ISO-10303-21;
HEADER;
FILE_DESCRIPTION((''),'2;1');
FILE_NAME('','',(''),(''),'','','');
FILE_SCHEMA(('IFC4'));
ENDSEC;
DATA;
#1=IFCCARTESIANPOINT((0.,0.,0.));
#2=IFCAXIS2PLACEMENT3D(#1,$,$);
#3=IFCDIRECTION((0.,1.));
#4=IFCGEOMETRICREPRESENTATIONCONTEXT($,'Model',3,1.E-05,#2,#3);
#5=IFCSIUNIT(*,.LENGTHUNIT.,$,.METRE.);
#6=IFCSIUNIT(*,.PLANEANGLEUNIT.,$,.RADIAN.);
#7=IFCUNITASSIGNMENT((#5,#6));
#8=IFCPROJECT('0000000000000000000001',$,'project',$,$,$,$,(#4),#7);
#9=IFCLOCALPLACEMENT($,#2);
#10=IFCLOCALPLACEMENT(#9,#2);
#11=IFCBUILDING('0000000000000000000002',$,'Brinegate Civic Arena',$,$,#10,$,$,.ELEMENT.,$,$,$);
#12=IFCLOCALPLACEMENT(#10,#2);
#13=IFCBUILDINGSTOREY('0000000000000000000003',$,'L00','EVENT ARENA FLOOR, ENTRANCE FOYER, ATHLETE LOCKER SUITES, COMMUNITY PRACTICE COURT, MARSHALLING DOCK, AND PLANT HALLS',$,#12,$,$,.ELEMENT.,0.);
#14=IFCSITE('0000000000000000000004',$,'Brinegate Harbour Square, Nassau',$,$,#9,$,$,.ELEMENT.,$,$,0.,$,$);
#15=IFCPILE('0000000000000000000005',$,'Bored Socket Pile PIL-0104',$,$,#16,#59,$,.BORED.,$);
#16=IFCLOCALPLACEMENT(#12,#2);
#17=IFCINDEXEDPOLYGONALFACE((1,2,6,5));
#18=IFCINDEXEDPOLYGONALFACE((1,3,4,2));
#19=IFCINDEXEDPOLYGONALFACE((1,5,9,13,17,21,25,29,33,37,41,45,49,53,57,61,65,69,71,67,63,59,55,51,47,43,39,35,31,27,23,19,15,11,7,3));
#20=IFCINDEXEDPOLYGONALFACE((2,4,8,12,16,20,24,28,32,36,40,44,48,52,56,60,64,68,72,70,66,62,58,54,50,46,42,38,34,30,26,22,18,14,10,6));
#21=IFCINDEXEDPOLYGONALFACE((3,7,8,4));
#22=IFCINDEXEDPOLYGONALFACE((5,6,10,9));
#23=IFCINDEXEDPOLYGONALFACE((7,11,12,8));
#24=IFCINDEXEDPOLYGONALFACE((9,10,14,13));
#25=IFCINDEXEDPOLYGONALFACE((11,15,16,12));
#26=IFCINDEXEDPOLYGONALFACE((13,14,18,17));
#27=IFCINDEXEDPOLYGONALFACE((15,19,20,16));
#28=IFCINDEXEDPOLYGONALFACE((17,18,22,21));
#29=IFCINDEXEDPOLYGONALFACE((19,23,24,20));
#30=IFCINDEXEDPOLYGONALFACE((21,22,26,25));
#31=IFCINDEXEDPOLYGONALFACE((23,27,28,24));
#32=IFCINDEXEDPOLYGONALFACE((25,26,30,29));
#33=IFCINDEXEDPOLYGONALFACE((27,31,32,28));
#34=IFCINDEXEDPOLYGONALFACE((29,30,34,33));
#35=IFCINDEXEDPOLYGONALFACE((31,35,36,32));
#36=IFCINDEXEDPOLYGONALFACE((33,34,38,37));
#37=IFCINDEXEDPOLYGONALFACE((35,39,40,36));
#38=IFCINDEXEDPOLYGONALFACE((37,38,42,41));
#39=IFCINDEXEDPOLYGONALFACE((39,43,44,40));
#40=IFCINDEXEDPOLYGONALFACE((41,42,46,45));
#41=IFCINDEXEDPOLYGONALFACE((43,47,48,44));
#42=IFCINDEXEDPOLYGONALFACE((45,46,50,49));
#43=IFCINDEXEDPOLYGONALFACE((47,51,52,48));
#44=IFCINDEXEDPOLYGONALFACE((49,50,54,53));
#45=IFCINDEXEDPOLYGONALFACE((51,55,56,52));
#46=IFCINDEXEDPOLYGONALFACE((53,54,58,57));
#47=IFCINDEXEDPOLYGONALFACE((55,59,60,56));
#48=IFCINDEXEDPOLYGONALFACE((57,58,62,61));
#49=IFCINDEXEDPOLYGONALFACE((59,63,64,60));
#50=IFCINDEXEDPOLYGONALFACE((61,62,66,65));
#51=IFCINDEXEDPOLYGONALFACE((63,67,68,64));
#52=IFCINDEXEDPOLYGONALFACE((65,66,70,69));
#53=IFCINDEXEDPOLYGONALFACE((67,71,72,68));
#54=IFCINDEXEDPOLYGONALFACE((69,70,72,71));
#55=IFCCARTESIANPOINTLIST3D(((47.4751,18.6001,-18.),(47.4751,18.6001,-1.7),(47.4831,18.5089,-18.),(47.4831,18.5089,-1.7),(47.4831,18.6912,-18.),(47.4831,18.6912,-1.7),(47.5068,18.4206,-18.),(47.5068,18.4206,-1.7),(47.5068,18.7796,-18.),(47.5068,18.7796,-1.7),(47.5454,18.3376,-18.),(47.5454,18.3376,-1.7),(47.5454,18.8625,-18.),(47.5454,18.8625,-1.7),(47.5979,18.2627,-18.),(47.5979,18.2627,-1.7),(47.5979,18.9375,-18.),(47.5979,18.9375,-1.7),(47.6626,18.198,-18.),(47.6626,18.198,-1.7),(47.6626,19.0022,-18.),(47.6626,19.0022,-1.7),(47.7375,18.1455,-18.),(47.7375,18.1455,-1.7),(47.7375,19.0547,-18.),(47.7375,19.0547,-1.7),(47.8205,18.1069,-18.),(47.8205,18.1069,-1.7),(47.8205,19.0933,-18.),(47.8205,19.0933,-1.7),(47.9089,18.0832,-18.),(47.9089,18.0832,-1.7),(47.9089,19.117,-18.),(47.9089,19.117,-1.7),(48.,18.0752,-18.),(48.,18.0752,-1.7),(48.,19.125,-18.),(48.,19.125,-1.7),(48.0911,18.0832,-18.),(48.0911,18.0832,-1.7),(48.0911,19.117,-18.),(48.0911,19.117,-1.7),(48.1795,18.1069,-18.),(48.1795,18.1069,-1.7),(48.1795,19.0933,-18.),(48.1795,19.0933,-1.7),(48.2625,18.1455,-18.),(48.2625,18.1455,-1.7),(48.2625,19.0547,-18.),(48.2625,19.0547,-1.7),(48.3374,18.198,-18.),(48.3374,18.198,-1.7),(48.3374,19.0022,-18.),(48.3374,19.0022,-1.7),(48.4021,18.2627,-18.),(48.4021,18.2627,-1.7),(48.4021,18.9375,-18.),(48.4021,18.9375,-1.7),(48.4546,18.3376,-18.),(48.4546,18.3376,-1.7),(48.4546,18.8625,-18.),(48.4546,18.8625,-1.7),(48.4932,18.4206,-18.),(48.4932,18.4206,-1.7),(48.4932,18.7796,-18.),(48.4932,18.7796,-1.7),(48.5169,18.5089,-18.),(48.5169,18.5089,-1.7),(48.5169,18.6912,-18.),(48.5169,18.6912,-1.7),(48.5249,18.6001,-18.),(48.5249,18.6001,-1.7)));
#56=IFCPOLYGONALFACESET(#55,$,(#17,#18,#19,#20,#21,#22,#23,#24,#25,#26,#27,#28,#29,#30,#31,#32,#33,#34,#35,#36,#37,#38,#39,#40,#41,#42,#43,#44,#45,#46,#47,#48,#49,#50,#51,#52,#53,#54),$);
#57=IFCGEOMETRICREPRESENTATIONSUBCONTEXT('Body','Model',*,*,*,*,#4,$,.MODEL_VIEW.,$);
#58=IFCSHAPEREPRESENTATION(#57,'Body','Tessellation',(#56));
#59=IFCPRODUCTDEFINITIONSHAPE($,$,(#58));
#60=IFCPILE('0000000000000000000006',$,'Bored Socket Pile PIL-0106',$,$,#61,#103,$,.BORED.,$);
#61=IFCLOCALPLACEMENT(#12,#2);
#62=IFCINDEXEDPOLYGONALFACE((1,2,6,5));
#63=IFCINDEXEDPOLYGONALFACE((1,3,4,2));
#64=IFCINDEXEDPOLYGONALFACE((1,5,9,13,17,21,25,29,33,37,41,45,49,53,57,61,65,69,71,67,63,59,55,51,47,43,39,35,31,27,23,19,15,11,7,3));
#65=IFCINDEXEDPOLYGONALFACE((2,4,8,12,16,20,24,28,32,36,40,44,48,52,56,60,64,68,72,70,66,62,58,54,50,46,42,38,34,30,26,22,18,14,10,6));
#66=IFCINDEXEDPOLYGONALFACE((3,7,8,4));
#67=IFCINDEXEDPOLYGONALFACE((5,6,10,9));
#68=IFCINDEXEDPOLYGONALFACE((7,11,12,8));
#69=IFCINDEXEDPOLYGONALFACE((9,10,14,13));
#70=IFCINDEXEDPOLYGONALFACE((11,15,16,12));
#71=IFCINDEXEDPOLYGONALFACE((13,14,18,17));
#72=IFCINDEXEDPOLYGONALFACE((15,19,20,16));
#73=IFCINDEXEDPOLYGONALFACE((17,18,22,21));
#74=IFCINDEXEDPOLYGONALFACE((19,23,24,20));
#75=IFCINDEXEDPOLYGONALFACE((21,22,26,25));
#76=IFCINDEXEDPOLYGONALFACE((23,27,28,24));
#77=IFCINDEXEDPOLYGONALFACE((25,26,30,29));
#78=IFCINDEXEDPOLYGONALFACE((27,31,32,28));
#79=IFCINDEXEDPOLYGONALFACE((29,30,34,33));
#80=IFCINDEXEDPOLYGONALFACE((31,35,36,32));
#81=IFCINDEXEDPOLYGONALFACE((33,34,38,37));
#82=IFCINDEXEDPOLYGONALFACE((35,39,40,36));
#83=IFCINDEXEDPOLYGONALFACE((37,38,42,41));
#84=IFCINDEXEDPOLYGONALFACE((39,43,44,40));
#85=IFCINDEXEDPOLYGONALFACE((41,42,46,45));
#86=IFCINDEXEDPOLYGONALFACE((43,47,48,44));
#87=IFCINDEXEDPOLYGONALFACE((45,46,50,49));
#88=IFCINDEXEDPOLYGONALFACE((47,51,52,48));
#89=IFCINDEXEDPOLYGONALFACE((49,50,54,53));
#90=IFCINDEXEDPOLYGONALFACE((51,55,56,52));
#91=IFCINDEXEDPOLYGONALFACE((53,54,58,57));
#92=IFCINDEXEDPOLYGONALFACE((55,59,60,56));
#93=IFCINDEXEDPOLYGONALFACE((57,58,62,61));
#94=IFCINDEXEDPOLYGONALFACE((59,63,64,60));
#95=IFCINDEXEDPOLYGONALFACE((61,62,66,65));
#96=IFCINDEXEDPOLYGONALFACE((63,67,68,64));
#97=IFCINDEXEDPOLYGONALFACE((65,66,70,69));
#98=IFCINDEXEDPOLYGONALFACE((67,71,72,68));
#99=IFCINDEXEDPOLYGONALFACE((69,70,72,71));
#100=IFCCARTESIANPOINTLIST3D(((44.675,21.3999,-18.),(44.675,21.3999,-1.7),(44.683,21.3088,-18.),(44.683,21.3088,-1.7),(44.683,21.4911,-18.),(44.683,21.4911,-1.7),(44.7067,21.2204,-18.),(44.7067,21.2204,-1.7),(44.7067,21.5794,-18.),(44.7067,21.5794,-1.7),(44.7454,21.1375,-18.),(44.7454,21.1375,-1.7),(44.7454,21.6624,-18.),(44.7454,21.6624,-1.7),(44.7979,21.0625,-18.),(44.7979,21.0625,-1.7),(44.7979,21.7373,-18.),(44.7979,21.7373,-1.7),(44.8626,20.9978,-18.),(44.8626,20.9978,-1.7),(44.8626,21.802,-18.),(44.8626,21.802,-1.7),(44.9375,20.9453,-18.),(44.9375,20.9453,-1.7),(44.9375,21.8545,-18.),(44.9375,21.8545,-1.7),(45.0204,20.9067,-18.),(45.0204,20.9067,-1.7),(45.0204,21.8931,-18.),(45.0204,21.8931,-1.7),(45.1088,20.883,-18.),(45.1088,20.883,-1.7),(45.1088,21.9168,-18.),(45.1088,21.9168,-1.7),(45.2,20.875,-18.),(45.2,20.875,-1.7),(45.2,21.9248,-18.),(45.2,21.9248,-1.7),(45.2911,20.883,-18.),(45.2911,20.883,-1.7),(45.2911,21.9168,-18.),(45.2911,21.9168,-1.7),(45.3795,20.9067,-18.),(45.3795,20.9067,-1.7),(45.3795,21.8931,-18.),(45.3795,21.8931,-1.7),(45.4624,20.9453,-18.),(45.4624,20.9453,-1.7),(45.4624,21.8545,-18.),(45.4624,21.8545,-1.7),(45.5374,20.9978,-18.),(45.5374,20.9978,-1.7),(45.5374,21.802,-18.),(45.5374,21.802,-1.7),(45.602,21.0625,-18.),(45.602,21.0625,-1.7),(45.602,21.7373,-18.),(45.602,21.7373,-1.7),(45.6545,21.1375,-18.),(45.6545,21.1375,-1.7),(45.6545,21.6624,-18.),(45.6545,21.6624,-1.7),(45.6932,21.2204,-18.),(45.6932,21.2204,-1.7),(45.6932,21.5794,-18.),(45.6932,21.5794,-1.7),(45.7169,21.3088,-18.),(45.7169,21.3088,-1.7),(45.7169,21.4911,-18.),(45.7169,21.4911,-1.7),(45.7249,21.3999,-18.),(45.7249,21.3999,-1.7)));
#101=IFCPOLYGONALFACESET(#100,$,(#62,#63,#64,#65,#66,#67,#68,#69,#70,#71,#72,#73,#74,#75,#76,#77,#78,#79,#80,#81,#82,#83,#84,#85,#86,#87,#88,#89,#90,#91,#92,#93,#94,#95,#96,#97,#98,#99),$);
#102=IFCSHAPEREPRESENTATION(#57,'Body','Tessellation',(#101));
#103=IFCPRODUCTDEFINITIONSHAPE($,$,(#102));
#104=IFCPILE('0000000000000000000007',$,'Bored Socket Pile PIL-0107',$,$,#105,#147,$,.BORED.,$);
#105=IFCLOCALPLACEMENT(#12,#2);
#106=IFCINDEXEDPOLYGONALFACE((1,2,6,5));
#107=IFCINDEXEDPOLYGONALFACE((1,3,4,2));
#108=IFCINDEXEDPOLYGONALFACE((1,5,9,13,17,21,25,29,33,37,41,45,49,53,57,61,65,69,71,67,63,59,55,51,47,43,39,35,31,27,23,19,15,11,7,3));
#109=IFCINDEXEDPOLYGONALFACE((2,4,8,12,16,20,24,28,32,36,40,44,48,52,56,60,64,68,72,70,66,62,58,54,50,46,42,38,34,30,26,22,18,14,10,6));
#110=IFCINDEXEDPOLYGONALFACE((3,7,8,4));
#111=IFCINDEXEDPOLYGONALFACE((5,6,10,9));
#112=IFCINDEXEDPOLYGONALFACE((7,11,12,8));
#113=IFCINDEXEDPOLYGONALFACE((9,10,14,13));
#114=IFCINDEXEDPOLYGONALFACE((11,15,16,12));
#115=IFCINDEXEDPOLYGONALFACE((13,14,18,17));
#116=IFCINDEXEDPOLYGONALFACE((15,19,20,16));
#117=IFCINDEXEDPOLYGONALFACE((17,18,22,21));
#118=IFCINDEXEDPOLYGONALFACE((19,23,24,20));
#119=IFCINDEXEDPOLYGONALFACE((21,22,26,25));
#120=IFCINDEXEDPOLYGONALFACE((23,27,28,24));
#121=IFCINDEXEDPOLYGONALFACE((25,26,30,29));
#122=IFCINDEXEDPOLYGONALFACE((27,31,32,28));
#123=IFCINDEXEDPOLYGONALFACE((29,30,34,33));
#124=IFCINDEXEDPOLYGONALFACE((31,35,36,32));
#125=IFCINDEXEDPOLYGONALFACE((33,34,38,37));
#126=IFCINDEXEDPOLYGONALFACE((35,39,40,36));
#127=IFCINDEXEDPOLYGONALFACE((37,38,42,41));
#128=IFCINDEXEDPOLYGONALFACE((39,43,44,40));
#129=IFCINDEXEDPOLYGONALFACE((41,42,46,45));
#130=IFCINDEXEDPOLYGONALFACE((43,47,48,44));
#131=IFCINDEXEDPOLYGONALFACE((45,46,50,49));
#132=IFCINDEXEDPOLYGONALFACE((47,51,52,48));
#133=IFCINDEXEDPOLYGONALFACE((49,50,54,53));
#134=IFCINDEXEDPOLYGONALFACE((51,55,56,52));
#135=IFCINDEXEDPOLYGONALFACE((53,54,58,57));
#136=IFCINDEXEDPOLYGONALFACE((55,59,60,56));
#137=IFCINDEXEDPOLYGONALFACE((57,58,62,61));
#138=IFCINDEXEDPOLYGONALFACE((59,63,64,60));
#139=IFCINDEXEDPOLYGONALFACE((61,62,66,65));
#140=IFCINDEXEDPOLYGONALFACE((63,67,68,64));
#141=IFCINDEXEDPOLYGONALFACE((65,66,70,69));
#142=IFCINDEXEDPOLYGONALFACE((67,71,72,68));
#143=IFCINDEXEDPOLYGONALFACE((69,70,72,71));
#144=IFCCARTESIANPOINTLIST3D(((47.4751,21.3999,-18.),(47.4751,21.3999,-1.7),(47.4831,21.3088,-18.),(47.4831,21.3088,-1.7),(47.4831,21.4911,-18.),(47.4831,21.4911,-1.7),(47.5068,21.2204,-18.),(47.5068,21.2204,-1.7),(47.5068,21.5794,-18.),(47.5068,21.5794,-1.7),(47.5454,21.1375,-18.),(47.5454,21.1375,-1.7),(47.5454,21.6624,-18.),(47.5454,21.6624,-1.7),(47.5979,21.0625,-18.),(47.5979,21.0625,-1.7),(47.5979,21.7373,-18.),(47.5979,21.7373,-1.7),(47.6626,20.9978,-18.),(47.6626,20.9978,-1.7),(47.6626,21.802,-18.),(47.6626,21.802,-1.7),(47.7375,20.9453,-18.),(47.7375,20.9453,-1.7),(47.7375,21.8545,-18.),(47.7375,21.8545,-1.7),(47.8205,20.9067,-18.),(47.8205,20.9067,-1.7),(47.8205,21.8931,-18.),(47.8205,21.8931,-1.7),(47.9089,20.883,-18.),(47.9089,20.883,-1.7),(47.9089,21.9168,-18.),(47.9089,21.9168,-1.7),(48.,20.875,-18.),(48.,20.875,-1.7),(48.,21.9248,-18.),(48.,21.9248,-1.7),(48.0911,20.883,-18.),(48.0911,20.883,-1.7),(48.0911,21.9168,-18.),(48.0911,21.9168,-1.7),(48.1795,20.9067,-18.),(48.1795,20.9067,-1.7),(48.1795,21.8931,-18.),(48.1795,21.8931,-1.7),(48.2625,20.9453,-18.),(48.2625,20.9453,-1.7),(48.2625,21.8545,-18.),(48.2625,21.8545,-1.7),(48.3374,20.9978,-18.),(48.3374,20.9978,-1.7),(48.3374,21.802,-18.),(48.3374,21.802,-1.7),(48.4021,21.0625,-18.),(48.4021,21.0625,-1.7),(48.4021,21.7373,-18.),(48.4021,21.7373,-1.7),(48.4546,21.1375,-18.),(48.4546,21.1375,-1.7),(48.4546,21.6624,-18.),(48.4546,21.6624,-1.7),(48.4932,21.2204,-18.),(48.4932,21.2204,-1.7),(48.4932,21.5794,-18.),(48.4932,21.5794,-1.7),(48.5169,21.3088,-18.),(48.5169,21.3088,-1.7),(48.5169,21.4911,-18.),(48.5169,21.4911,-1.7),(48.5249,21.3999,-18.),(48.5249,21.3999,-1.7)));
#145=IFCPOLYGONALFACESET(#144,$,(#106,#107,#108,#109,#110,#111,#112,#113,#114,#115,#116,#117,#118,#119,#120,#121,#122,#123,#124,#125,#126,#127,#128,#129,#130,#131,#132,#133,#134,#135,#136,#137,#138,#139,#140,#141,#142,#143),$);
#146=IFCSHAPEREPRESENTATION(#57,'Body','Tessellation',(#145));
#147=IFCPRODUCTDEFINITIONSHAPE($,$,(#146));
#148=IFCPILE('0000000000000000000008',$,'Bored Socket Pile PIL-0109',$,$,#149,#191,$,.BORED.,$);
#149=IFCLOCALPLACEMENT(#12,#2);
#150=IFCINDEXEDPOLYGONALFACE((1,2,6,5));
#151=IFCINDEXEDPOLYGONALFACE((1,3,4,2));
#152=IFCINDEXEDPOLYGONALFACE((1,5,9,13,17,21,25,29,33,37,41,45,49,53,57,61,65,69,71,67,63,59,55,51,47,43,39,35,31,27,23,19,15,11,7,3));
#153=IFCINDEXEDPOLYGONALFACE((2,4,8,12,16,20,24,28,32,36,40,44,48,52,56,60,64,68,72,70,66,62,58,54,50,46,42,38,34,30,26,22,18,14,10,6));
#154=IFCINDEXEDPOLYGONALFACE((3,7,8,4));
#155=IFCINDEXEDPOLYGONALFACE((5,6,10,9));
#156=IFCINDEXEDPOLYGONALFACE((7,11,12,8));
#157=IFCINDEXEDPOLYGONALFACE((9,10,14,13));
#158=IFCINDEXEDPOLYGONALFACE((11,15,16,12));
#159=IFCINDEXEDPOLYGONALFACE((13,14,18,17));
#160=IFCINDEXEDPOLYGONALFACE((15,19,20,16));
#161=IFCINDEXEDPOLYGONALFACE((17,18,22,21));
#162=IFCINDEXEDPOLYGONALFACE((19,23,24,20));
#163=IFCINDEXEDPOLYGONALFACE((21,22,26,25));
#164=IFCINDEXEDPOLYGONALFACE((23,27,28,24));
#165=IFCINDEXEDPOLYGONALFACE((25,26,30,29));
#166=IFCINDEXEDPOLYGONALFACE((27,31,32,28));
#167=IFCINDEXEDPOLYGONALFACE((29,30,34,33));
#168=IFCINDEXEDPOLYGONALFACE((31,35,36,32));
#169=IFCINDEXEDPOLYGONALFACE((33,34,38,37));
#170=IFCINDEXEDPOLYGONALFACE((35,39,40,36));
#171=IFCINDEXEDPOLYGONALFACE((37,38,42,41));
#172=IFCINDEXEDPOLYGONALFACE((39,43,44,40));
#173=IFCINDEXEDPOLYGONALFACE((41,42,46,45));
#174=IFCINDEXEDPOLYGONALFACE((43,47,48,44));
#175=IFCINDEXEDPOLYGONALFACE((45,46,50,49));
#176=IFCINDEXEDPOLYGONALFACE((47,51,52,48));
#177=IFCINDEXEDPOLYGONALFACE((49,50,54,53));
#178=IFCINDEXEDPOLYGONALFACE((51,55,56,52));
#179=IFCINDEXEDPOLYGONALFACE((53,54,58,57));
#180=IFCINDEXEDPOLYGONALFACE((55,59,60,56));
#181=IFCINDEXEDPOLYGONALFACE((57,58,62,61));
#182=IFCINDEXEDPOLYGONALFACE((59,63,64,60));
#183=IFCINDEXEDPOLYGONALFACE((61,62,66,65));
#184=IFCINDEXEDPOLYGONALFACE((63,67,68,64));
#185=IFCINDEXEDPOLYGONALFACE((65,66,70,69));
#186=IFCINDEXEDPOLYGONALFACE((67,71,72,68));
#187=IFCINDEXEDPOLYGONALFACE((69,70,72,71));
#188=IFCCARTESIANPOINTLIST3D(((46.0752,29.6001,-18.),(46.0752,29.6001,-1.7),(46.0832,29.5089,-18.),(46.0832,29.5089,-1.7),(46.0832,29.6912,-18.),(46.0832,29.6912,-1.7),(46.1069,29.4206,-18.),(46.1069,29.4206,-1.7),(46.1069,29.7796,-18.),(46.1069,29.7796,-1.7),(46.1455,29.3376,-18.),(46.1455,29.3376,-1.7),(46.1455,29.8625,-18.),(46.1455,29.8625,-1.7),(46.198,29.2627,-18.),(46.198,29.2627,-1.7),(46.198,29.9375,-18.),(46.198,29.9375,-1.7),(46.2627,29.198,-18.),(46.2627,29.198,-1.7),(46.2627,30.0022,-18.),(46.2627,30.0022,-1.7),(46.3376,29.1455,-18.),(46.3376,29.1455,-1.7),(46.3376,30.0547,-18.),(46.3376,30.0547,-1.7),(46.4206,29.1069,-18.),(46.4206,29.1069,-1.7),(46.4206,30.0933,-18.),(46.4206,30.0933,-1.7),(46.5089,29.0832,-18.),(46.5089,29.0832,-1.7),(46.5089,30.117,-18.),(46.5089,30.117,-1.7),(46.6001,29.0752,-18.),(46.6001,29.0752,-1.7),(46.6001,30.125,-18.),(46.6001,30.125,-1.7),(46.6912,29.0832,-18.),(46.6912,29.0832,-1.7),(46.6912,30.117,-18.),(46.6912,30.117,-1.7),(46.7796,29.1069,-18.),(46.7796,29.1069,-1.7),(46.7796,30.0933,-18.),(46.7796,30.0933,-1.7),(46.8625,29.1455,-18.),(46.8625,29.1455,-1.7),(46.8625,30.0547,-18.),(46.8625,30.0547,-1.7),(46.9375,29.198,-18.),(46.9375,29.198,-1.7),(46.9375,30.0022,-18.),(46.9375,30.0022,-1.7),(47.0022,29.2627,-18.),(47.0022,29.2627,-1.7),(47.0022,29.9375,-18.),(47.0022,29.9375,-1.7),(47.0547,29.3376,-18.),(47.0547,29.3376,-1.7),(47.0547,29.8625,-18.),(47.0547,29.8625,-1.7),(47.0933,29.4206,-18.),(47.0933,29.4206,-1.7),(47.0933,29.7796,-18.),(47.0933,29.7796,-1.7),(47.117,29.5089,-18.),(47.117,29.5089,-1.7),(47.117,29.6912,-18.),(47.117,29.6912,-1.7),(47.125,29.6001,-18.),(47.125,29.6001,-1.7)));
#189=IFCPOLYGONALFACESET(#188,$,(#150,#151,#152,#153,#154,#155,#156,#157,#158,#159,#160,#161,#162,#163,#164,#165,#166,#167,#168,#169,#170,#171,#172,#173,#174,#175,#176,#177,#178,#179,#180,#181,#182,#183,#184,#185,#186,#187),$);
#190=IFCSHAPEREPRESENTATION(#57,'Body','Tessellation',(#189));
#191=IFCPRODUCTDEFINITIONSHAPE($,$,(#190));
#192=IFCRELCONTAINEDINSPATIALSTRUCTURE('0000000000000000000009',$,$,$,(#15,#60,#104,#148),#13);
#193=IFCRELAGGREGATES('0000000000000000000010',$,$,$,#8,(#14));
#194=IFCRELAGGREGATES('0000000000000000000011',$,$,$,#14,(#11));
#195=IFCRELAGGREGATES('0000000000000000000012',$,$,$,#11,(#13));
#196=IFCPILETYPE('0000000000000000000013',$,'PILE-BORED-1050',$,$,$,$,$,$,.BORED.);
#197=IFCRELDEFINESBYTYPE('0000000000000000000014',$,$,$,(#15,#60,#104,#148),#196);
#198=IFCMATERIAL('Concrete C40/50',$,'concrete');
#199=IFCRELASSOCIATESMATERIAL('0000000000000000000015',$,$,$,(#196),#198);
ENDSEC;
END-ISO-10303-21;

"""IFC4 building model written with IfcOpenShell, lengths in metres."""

from ifc_helpers import new_model, si_unit, direction, frame, origin, origin_2d, place, context, subcontext, project, spatial, circle, extrude, material, material_profile, profile_set, type_object, element, save


model = new_model("IFC4")

# Units and contexts
model_context = context("Model", 3, precision=1e-05, world=origin(), true_north=direction((0.0, 1.0)))
body_context = subcontext(model_context, "Body", "Model", "MODEL_VIEW")
ifc_project = project(units=[si_unit("LENGTHUNIT", "METRE"), si_unit("PLANEANGLEUNIT", "RADIAN")], contexts=[model_context])

# Site, building, storey
site_placement = place(None, origin())
site = spatial("IfcSite", under=ifc_project, at=site_placement, Name="Brinegate Harbour Square, Nassau", CompositionType="ELEMENT", RefElevation=0.0)
building_placement = place(site_placement, origin())
building = spatial("IfcBuilding", under=site, at=building_placement, Name="Brinegate Civic Arena", CompositionType="ELEMENT")
storey_placement = place(building_placement, origin())
storey = spatial("IfcBuildingStorey", under=building, at=storey_placement, Name="L00", Description="EVENT ARENA FLOOR, ENTRANCE FOYER, ATHLETE LOCKER SUITES, COMMUNITY PRACTICE COURT, MARSHALLING DOCK, AND PLANT HALLS", CompositionType="ELEMENT", Elevation=0.0)

# Shared definitions
ifc_material_1 = material(Name="Concrete C40/50", Category="concrete")

# Piles
ifc_material_profile_1 = material_profile(ifc_material_1, circle(Radius=0.5249, at=origin_2d()), Name="PILED1050")
ifc_profile_set_1 = profile_set([ifc_material_profile_1], Name="Concrete C40/50")
pile_type_1 = type_object("IfcPileType", Name="PILE-BORED-1050", PredefinedType="BORED", material=ifc_profile_set_1)
for number, where, z_axis, x_axis, name in (
    (1, (48.0, 18.6001, -1.7), (0.0, 0.0, -1.0), (1.0, 0.0, 0.0), "Bored Socket Pile PIL-0104"),
    (2, (45.2, 21.3999, -1.7), (0.0, 0.0, -1.0), (1.0, 0.0, 0.0), "Bored Socket Pile PIL-0106"),
    (3, (48.0, 21.3999, -1.7), (0.0, 0.0, -1.0), (1.0, 0.0, 0.0), "Bored Socket Pile PIL-0107"),
    (4, (46.6001, 29.6001, -1.7), (0.0, 0.0, -1.0), (1.0, 0.0, 0.0), "Bored Socket Pile PIL-0109"),
):
    element("IfcPile", number, at=place(storey_placement, frame(where, z_axis=z_axis, x_axis=x_axis)), inside=storey, type_object=pile_type_1, Name=name, PredefinedType="BORED", context=body_context, shape_type="SweptSolid", body=[
        extrude(circle(Radius=0.5249, at=origin_2d()), origin(), (0.0, 0.0, 1.0), 16.3),
    ])

save(model, "model.ifc")
